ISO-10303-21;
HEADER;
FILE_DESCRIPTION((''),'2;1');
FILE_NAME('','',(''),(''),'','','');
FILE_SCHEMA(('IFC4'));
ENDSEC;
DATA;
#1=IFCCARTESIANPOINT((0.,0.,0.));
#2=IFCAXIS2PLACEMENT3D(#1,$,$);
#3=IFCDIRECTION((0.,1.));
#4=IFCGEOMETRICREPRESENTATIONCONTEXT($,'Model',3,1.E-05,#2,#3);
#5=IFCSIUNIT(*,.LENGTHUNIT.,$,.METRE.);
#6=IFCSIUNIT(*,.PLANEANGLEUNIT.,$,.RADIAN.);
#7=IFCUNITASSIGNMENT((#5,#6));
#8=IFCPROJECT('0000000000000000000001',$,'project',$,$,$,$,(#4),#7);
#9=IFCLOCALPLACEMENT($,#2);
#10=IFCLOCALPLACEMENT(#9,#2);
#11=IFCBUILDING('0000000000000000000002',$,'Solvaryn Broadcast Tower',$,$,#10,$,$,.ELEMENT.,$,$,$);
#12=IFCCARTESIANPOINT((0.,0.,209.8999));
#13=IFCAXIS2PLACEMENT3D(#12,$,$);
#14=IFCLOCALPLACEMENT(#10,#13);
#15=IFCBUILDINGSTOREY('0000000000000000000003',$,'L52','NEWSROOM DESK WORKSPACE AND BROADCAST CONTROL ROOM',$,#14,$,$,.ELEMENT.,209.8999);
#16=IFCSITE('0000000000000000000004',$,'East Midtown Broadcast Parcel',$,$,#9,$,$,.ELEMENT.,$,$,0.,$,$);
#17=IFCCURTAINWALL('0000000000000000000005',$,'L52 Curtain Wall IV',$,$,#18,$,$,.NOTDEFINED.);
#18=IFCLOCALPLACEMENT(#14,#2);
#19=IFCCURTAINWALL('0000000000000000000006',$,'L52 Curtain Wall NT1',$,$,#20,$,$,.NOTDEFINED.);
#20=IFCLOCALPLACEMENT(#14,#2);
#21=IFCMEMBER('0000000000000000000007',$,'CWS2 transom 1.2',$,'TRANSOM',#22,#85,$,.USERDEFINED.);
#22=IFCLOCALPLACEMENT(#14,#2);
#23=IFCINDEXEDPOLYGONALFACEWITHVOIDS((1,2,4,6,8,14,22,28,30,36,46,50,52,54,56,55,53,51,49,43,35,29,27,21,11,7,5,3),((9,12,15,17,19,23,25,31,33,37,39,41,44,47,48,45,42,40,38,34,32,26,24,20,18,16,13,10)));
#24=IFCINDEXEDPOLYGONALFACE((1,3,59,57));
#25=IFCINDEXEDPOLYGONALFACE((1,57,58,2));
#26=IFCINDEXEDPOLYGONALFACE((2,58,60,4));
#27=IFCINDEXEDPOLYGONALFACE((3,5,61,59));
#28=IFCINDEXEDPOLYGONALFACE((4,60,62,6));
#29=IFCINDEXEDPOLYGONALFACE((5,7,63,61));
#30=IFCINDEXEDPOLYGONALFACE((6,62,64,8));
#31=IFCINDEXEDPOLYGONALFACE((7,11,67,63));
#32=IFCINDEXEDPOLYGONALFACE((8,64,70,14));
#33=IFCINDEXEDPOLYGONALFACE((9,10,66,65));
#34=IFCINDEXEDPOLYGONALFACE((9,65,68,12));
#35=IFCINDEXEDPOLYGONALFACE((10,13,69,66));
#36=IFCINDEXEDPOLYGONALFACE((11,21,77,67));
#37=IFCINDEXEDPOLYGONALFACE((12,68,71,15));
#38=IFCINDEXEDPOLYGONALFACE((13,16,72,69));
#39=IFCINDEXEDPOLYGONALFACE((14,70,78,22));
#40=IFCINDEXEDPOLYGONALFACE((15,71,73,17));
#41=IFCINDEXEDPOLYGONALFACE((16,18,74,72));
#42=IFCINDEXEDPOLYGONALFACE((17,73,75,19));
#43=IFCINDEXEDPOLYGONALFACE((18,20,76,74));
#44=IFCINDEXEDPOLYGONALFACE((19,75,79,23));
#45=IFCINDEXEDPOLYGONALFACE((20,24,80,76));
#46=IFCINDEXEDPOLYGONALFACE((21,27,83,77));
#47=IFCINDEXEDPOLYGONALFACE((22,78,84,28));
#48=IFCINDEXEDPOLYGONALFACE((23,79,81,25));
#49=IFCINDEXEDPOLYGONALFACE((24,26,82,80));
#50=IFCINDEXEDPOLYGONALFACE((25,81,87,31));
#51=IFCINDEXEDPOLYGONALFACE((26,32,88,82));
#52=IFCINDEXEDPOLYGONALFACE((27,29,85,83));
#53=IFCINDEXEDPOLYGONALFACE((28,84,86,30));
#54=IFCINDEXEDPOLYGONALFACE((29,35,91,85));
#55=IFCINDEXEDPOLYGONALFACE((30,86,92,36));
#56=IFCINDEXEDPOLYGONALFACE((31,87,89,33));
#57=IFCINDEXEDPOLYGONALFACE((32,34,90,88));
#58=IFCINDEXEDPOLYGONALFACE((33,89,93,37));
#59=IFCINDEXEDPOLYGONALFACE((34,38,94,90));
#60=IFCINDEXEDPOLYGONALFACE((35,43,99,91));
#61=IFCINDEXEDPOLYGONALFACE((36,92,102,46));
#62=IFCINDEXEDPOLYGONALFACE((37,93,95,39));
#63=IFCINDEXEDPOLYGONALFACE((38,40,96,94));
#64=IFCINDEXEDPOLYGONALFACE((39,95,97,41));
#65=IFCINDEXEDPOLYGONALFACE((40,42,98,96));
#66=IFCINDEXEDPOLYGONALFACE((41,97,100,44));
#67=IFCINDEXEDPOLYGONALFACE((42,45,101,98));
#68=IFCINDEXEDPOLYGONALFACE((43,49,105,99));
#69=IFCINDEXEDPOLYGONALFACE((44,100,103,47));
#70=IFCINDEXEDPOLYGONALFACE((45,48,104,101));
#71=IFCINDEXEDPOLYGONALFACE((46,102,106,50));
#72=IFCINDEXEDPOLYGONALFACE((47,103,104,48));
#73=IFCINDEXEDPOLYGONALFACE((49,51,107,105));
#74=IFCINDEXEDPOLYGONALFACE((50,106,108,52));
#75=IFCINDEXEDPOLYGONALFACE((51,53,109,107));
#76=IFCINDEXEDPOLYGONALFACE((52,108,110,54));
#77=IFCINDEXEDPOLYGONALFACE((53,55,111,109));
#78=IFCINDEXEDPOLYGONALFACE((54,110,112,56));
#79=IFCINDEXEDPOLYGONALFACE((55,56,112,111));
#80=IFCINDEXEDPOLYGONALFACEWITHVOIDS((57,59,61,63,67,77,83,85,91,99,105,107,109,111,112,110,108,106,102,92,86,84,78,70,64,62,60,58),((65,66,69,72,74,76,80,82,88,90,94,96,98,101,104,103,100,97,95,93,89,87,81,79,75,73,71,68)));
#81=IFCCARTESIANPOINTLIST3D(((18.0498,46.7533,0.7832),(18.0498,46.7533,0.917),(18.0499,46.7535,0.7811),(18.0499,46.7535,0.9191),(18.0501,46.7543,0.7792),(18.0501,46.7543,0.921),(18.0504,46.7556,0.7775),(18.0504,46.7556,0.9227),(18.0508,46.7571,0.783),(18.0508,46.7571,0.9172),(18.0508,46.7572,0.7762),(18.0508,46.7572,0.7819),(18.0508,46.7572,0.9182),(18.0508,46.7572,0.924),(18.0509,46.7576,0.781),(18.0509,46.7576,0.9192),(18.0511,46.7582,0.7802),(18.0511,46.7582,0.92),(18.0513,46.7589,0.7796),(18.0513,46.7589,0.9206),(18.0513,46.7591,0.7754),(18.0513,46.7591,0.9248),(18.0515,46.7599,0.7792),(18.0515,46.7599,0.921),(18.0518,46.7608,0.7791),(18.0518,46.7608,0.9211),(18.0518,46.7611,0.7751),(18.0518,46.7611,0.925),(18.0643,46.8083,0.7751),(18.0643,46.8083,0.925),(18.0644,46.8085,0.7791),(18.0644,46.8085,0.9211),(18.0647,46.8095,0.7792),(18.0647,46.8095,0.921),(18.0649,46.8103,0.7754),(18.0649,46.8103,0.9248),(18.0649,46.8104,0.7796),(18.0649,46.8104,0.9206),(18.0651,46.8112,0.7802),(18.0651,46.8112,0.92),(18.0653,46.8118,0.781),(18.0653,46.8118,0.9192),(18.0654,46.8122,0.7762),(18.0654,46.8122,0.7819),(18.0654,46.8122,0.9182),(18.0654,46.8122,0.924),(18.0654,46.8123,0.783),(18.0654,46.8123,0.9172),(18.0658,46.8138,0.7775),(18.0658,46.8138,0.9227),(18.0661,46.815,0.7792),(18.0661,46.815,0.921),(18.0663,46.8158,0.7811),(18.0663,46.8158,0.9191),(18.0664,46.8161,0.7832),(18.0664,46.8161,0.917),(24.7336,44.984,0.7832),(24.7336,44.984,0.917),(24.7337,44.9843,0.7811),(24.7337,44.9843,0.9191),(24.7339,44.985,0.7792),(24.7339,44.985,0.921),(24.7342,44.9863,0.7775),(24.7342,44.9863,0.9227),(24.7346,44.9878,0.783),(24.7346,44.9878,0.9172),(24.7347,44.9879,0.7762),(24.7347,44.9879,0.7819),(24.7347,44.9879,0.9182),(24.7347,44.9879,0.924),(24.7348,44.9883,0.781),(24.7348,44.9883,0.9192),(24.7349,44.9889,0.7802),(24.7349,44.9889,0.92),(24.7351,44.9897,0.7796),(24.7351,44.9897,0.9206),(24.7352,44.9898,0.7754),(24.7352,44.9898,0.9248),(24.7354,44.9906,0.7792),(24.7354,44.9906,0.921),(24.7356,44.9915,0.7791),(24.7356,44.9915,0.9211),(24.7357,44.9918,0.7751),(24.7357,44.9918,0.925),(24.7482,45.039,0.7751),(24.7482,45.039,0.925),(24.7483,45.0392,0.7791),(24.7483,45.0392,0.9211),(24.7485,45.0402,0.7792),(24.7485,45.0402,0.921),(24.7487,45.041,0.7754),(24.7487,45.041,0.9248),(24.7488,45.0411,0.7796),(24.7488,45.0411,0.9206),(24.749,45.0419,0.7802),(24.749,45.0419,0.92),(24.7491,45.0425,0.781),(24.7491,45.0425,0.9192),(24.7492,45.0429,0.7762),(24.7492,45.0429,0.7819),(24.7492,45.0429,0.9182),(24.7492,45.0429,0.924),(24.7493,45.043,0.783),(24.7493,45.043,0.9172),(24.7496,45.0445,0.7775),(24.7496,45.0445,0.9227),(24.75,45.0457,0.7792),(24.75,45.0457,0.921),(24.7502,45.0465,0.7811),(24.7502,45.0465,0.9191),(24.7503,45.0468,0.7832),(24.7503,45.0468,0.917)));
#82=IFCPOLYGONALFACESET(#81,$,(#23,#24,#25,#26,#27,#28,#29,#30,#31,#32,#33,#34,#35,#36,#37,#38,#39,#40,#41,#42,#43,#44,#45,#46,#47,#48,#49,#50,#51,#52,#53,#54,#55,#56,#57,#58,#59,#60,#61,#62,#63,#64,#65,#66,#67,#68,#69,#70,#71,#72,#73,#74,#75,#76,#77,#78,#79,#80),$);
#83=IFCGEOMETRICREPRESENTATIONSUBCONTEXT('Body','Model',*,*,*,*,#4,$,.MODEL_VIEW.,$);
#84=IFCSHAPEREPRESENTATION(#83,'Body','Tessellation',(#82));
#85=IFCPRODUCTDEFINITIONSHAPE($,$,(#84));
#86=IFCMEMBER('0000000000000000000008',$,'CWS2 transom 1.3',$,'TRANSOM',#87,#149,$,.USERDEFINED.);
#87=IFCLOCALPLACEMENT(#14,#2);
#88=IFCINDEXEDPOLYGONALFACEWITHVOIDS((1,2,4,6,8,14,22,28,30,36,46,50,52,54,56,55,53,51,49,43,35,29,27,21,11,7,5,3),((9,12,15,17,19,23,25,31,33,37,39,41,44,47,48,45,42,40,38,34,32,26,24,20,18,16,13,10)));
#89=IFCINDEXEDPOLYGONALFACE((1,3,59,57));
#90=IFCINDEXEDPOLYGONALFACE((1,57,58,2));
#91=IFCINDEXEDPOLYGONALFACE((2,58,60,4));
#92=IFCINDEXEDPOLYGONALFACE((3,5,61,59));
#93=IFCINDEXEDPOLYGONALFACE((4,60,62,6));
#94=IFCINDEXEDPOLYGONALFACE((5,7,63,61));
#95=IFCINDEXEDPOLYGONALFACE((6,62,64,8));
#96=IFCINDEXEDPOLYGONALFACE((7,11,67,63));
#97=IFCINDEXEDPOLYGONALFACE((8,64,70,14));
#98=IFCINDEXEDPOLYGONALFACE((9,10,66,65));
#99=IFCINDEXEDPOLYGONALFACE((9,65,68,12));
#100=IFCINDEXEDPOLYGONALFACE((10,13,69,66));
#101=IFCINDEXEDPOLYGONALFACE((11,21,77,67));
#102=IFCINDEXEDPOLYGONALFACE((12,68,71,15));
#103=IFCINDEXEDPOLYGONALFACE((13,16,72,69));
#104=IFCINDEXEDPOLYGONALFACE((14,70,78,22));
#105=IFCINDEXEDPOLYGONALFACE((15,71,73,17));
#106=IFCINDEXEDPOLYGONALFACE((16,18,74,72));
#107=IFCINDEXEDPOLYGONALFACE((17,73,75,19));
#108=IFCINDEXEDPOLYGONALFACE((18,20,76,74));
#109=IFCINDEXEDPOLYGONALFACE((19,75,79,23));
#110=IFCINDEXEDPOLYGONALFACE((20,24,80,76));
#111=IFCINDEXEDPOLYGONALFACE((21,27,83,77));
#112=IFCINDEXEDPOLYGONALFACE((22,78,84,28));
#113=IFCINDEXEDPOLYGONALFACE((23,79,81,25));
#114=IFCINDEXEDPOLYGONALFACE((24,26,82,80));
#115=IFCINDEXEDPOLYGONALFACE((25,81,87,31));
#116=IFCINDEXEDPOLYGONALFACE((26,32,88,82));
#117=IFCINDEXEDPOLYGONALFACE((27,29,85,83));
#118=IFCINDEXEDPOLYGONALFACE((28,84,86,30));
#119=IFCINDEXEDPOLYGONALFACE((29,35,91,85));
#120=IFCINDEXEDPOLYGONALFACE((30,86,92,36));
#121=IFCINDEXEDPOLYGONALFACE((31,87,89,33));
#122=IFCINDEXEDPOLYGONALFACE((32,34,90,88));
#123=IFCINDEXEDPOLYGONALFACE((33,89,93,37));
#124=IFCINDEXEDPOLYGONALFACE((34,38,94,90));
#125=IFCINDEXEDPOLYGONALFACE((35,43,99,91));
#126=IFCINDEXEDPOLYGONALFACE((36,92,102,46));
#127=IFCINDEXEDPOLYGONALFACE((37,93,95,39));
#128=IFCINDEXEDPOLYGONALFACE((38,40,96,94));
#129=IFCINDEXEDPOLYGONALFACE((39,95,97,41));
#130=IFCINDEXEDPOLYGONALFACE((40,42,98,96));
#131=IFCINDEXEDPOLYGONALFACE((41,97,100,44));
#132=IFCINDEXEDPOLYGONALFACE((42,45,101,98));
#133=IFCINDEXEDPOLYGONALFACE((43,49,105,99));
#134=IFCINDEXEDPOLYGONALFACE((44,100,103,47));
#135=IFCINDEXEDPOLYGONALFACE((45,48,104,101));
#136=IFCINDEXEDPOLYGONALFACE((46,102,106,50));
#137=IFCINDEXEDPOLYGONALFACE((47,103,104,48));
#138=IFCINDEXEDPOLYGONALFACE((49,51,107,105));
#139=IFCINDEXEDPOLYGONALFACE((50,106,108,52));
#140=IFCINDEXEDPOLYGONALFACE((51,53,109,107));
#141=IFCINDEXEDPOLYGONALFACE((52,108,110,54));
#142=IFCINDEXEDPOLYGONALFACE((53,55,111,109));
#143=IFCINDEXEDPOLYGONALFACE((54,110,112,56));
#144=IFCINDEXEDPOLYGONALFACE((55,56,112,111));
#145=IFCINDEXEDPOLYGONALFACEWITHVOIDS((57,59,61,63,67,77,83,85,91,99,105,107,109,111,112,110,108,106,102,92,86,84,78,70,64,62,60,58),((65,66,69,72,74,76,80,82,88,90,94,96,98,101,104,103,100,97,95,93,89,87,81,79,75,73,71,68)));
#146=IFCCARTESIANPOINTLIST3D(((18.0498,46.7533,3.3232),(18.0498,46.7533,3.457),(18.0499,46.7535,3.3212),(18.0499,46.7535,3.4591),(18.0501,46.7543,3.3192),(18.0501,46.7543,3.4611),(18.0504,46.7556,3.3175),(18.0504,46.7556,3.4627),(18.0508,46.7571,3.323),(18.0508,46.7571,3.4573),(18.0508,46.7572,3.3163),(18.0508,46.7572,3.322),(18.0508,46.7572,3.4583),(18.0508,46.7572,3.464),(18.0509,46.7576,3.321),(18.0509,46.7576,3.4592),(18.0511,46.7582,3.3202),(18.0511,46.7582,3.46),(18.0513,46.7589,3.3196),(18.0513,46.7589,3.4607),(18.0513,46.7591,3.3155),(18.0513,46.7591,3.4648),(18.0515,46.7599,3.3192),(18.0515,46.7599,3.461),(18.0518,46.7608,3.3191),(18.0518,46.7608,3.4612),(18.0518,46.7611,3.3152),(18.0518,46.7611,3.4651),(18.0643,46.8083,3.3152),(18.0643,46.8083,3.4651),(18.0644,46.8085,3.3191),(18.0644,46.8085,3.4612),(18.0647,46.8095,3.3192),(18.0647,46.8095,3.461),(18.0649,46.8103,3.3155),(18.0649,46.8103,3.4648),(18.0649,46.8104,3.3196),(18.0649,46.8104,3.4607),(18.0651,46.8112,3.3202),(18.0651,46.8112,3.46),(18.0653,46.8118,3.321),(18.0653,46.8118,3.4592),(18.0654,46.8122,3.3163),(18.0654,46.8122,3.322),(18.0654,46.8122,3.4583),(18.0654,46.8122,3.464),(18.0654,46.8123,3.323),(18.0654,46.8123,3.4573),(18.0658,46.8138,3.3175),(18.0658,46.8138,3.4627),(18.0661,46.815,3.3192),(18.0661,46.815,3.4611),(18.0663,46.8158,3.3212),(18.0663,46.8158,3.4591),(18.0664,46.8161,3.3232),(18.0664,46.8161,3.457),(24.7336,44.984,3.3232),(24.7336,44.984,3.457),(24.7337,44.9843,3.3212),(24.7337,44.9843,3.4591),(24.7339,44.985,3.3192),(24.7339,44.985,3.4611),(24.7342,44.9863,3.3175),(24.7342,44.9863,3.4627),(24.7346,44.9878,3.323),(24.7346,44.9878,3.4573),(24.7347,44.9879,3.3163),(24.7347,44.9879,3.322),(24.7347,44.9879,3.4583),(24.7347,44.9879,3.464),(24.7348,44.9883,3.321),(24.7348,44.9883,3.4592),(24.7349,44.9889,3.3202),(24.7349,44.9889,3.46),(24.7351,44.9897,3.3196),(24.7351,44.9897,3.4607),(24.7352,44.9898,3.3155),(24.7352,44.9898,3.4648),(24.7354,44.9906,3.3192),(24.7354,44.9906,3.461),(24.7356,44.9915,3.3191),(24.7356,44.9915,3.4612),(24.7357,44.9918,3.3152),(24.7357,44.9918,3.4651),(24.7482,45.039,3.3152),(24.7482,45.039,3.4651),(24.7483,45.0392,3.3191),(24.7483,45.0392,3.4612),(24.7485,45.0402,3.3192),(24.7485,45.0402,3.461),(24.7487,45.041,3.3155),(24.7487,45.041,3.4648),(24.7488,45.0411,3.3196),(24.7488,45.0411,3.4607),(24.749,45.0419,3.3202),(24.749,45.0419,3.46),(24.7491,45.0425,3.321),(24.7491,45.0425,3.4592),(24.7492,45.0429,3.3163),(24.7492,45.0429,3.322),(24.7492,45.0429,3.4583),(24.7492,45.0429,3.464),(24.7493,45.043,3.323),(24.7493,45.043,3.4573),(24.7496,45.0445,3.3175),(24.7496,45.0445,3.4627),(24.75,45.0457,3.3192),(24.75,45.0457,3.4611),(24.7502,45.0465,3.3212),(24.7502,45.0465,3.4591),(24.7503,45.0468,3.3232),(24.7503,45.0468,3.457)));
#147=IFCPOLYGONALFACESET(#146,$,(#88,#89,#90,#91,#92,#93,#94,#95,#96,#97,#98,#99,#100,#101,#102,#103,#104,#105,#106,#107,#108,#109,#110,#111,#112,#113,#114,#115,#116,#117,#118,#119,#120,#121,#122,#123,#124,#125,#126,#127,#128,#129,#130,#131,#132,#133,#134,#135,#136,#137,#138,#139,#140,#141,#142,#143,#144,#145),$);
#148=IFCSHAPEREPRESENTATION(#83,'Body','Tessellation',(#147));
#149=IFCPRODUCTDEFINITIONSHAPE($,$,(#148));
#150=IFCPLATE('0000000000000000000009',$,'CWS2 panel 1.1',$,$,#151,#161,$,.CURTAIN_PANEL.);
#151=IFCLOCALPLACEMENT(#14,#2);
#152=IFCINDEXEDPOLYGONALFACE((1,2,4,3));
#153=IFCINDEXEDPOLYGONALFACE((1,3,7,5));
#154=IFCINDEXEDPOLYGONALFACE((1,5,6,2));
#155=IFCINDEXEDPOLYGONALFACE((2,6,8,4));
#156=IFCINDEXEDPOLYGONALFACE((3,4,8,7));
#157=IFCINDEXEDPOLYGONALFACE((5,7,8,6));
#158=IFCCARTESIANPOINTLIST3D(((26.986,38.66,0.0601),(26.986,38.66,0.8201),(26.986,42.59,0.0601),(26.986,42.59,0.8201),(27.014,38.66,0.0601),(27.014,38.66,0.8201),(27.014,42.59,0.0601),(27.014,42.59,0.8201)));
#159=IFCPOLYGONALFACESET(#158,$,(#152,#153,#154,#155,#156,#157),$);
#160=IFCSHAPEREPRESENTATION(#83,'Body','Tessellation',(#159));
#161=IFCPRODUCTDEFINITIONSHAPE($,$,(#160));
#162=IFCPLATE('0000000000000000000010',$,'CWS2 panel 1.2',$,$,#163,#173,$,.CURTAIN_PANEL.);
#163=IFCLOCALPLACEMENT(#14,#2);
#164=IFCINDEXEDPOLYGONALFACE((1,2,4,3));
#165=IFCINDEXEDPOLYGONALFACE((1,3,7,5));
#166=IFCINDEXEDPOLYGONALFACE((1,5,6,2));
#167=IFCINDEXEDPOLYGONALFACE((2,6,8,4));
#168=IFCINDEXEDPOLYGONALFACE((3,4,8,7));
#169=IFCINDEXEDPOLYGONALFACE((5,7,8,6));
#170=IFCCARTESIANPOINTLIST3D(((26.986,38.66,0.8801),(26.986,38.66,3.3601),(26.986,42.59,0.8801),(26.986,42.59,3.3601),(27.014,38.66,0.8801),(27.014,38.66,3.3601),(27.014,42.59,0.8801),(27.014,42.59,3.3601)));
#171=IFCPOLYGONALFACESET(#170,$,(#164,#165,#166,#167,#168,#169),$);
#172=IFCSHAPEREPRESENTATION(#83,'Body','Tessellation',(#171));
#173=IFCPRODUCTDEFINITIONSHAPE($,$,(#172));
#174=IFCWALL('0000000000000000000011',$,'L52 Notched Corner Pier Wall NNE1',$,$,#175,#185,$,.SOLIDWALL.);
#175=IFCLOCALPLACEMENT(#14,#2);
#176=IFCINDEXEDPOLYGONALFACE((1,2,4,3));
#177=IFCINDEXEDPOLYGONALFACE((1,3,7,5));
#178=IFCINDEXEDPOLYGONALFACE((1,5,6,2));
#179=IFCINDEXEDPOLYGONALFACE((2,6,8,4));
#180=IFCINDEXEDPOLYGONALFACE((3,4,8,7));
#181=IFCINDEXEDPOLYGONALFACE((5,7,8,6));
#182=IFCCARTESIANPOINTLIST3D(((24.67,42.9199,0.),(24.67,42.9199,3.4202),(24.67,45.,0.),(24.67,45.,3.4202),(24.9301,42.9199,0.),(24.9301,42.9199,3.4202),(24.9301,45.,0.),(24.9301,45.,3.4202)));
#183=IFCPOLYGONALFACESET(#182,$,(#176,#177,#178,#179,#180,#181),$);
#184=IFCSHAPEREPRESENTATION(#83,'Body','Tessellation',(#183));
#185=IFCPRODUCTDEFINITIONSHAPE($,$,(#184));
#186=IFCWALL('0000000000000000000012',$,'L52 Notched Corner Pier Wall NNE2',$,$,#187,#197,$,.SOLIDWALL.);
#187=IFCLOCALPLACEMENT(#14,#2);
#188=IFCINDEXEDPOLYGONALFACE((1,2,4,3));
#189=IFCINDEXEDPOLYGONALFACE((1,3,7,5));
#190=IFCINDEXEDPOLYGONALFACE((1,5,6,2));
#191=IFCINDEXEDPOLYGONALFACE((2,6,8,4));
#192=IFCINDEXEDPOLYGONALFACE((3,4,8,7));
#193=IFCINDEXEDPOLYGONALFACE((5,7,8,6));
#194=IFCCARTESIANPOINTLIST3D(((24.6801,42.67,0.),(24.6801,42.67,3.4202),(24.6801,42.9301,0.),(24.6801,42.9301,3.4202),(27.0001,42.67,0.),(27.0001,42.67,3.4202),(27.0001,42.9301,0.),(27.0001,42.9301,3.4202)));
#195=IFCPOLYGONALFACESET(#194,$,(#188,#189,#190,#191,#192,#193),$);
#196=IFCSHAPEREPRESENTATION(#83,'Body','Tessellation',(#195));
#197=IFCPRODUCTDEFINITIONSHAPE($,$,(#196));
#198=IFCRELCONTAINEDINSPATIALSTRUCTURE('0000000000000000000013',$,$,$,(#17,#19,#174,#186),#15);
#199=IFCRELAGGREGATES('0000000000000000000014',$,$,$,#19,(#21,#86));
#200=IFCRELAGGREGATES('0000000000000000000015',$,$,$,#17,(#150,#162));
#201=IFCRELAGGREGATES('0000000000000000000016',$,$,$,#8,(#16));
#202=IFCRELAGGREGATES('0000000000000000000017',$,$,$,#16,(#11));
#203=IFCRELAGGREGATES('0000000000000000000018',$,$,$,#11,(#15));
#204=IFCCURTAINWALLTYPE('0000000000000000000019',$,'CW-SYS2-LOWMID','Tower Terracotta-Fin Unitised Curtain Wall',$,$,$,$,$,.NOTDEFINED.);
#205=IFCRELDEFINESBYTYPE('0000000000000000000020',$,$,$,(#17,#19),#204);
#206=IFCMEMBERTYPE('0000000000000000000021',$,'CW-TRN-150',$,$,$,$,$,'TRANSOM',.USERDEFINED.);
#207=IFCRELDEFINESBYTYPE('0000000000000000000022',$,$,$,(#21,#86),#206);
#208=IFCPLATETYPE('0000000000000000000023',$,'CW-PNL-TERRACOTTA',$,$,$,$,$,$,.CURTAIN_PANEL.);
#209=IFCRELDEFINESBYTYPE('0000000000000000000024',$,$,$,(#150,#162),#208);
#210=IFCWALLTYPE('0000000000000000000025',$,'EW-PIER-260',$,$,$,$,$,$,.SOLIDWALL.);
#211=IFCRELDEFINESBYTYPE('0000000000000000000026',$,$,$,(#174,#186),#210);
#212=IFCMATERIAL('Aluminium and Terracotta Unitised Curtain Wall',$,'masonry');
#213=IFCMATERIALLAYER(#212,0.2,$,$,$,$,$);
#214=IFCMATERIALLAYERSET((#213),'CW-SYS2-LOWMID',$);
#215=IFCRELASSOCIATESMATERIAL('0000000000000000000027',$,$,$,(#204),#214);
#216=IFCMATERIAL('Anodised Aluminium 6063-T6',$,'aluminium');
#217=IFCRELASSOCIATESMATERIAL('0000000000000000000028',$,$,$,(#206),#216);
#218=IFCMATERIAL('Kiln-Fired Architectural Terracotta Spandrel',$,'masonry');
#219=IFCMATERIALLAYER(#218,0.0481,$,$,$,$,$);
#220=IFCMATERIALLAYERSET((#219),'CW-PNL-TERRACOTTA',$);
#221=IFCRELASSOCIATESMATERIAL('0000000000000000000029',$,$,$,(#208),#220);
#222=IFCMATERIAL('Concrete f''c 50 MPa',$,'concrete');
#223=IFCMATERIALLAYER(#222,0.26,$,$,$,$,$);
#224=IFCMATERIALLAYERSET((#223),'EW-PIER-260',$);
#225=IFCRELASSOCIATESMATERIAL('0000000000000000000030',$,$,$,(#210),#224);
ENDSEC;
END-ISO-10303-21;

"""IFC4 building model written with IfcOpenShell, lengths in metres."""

from ifc_helpers import new_model, si_unit, direction, frame, frame_2d, origin, origin_2d, place, context, subcontext, project, spatial, rectangle, hollow_rectangle, extrude, material, layer, layer_set, material_profile, profile_set, type_object, element, aggregate, save


model = new_model("IFC4")

# Units and contexts
model_context = context("Model", 3, precision=1e-05, world=origin(), true_north=direction((0.0, 1.0)))
body_context = subcontext(model_context, "Body", "Model", "MODEL_VIEW")
ifc_project = project(units=[si_unit("LENGTHUNIT", "METRE"), si_unit("PLANEANGLEUNIT", "RADIAN")], contexts=[model_context])

# Site, building, storey
site_placement = place(None, origin())
site = spatial("IfcSite", under=ifc_project, at=site_placement, Name="East Midtown Broadcast Parcel", CompositionType="ELEMENT", RefElevation=0.0)
building_placement = place(site_placement, origin())
building = spatial("IfcBuilding", under=site, at=building_placement, Name="Solvaryn Broadcast Tower", CompositionType="ELEMENT")
storey_placement = place(building_placement, frame((0.0, 0.0, 209.8999)))
storey = spatial("IfcBuildingStorey", under=building, at=storey_placement, Name="L52", Description="NEWSROOM DESK WORKSPACE AND BROADCAST CONTROL ROOM", CompositionType="ELEMENT", Elevation=209.8999)

# Curtain wall
ifc_material_1 = material(Name="Aluminium and Terracotta Unitised Curtain Wall", Category="masonry")
ifc_layer_1 = layer(ifc_material_1, 0.2)
ifc_layer_set_1 = layer_set([ifc_layer_1], Name="CW-SYS2-LOWMID")
curtain_wall_type = type_object("IfcCurtainWallType", Name="CW-SYS2-LOWMID", Description="Tower Terracotta-Fin Unitised Curtain Wall", PredefinedType="NOTDEFINED", material=ifc_layer_set_1)
curtain_wall_1_placement = place(storey_placement, origin())
curtain_wall_1 = element("IfcCurtainWall", 1, at=curtain_wall_1_placement, inside=storey, type_object=curtain_wall_type, Name="L52 Curtain Wall IV", PredefinedType="NOTDEFINED")

# Curtain wall
curtain_wall_2_placement = place(storey_placement, origin())
curtain_wall_2 = element("IfcCurtainWall", 2, at=curtain_wall_2_placement, inside=storey, type_object=curtain_wall_type, Name="L52 Curtain Wall NT1", PredefinedType="NOTDEFINED")

# Members
ifc_material_2 = material(Name="Anodised Aluminium 6063-T6", Category="aluminium")
ifc_material_profile_1 = material_profile(ifc_material_2, hollow_rectangle(XDim=0.0649, YDim=0.1499, WallThickness=0.0039, InnerFilletRadius=0.0039, OuterFilletRadius=0.0081, at=origin_2d()))
ifc_profile_set_1 = profile_set([ifc_material_profile_1], Name="Anodised Aluminium 6063-T6")
member_type_1 = type_object("IfcMemberType", Name="CW-TRN-150", ElementType="TRANSOM", PredefinedType="USERDEFINED", material=ifc_profile_set_1)
member_1_placement = place(storey_placement, frame((24.7419, 45.0154, 0.8501), z_axis=(-0.966704, 0.255897, 0.0), x_axis=(-0.255897, -0.966704, 0.0)))
member_1 = element("IfcMember", 3, at=member_1_placement, type_object=member_type_1, Name="CWS2 transom 1.2", ObjectType="TRANSOM", PredefinedType="USERDEFINED", context=body_context, shape_type="SweptSolid", body=[
    extrude(hollow_rectangle(XDim=0.0649, YDim=0.1499, WallThickness=0.0039, InnerFilletRadius=0.0039, OuterFilletRadius=0.0081, at=origin_2d()), origin(), (0.0, 0.0, 1.0), 6.9141),
])
member_2_placement = place(storey_placement, frame((24.7419, 45.0154, 3.3901), z_axis=(-0.966704, 0.255897, 0.0), x_axis=(-0.255897, -0.966704, 0.0)))
member_2 = element("IfcMember", 4, at=member_2_placement, type_object=member_type_1, Name="CWS2 transom 1.3", ObjectType="TRANSOM", PredefinedType="USERDEFINED", context=body_context, shape_type="SweptSolid", body=[
    extrude(hollow_rectangle(XDim=0.0649, YDim=0.1499, WallThickness=0.0039, InnerFilletRadius=0.0039, OuterFilletRadius=0.0081, at=origin_2d()), origin(), (0.0, 0.0, 1.0), 6.9141),
])
aggregate(curtain_wall_2, [member_1, member_2])

# Plates
ifc_material_3 = material(Name="Kiln-Fired Architectural Terracotta Spandrel", Category="masonry")
ifc_layer_2 = layer(ifc_material_3, 0.0481)
ifc_layer_set_2 = layer_set([ifc_layer_2], Name="CW-PNL-TERRACOTTA")
plate_type = type_object("IfcPlateType", Name="CW-PNL-TERRACOTTA", PredefinedType="CURTAIN_PANEL", material=ifc_layer_set_2)
plate_1_placement = place(storey_placement, frame((27.0, 40.625, 0.0601), z_axis=(0.0, 0.0, 1.0), x_axis=(0.0, -1.0, 0.0)))
plate_1 = element("IfcPlate", 5, at=plate_1_placement, type_object=plate_type, Name="CWS2 panel 1.1", PredefinedType="CURTAIN_PANEL", context=body_context, shape_type="SweptSolid", body=[
    extrude(rectangle(XDim=3.9299, YDim=0.0281, at=origin_2d()), origin(), (0.0, 0.0, 1.0), 0.76),
])
plate_2_placement = place(storey_placement, frame((27.0, 40.625, 0.8801), z_axis=(0.0, 0.0, 1.0), x_axis=(0.0, -1.0, 0.0)))
plate_2 = element("IfcPlate", 6, at=plate_2_placement, type_object=plate_type, Name="CWS2 panel 1.2", PredefinedType="CURTAIN_PANEL", context=body_context, shape_type="SweptSolid", body=[
    extrude(rectangle(XDim=3.9299, YDim=0.0281, at=origin_2d()), origin(), (0.0, 0.0, 1.0), 2.48),
])
aggregate(curtain_wall_1, [plate_1, plate_2])

# Walls
ifc_material_4 = material(Name="Concrete f'c 50 MPa", Category="concrete")
ifc_layer_3 = layer(ifc_material_4, 0.26)
ifc_layer_set_3 = layer_set([ifc_layer_3], Name="EW-PIER-260")
wall_type_1 = type_object("IfcWallType", Name="EW-PIER-260", PredefinedType="SOLIDWALL", material=ifc_layer_set_3)
wall_1_placement = place(storey_placement, frame((24.8, 45.0, 0.0), z_axis=(0.0, 0.0, 1.0), x_axis=(0.0, -1.0, 0.0)))
element("IfcWall", 7, at=wall_1_placement, inside=storey, type_object=wall_type_1, Name="L52 Notched Corner Pier Wall NNE1", PredefinedType="SOLIDWALL", context=body_context, shape_type="SweptSolid", body=[
    extrude(rectangle(XDim=2.0801, YDim=0.26, at=frame_2d((1.04, 0.0))), origin(), (0.0, 0.0, 1.0), 3.4202),
])
wall_2_placement = place(storey_placement, frame((24.6799, 42.8, 0.0), z_axis=(0.0, 0.0, 1.0), x_axis=(1.0, 0.0, 0.0)))
element("IfcWall", 8, at=wall_2_placement, inside=storey, type_object=wall_type_1, Name="L52 Notched Corner Pier Wall NNE2", PredefinedType="SOLIDWALL", context=body_context, shape_type="SweptSolid", body=[
    extrude(rectangle(XDim=2.3201, YDim=0.26, at=frame_2d((1.1602, 0.0))), origin(), (0.0, 0.0, 1.0), 3.4202),
])

save(model, "model.ifc")
